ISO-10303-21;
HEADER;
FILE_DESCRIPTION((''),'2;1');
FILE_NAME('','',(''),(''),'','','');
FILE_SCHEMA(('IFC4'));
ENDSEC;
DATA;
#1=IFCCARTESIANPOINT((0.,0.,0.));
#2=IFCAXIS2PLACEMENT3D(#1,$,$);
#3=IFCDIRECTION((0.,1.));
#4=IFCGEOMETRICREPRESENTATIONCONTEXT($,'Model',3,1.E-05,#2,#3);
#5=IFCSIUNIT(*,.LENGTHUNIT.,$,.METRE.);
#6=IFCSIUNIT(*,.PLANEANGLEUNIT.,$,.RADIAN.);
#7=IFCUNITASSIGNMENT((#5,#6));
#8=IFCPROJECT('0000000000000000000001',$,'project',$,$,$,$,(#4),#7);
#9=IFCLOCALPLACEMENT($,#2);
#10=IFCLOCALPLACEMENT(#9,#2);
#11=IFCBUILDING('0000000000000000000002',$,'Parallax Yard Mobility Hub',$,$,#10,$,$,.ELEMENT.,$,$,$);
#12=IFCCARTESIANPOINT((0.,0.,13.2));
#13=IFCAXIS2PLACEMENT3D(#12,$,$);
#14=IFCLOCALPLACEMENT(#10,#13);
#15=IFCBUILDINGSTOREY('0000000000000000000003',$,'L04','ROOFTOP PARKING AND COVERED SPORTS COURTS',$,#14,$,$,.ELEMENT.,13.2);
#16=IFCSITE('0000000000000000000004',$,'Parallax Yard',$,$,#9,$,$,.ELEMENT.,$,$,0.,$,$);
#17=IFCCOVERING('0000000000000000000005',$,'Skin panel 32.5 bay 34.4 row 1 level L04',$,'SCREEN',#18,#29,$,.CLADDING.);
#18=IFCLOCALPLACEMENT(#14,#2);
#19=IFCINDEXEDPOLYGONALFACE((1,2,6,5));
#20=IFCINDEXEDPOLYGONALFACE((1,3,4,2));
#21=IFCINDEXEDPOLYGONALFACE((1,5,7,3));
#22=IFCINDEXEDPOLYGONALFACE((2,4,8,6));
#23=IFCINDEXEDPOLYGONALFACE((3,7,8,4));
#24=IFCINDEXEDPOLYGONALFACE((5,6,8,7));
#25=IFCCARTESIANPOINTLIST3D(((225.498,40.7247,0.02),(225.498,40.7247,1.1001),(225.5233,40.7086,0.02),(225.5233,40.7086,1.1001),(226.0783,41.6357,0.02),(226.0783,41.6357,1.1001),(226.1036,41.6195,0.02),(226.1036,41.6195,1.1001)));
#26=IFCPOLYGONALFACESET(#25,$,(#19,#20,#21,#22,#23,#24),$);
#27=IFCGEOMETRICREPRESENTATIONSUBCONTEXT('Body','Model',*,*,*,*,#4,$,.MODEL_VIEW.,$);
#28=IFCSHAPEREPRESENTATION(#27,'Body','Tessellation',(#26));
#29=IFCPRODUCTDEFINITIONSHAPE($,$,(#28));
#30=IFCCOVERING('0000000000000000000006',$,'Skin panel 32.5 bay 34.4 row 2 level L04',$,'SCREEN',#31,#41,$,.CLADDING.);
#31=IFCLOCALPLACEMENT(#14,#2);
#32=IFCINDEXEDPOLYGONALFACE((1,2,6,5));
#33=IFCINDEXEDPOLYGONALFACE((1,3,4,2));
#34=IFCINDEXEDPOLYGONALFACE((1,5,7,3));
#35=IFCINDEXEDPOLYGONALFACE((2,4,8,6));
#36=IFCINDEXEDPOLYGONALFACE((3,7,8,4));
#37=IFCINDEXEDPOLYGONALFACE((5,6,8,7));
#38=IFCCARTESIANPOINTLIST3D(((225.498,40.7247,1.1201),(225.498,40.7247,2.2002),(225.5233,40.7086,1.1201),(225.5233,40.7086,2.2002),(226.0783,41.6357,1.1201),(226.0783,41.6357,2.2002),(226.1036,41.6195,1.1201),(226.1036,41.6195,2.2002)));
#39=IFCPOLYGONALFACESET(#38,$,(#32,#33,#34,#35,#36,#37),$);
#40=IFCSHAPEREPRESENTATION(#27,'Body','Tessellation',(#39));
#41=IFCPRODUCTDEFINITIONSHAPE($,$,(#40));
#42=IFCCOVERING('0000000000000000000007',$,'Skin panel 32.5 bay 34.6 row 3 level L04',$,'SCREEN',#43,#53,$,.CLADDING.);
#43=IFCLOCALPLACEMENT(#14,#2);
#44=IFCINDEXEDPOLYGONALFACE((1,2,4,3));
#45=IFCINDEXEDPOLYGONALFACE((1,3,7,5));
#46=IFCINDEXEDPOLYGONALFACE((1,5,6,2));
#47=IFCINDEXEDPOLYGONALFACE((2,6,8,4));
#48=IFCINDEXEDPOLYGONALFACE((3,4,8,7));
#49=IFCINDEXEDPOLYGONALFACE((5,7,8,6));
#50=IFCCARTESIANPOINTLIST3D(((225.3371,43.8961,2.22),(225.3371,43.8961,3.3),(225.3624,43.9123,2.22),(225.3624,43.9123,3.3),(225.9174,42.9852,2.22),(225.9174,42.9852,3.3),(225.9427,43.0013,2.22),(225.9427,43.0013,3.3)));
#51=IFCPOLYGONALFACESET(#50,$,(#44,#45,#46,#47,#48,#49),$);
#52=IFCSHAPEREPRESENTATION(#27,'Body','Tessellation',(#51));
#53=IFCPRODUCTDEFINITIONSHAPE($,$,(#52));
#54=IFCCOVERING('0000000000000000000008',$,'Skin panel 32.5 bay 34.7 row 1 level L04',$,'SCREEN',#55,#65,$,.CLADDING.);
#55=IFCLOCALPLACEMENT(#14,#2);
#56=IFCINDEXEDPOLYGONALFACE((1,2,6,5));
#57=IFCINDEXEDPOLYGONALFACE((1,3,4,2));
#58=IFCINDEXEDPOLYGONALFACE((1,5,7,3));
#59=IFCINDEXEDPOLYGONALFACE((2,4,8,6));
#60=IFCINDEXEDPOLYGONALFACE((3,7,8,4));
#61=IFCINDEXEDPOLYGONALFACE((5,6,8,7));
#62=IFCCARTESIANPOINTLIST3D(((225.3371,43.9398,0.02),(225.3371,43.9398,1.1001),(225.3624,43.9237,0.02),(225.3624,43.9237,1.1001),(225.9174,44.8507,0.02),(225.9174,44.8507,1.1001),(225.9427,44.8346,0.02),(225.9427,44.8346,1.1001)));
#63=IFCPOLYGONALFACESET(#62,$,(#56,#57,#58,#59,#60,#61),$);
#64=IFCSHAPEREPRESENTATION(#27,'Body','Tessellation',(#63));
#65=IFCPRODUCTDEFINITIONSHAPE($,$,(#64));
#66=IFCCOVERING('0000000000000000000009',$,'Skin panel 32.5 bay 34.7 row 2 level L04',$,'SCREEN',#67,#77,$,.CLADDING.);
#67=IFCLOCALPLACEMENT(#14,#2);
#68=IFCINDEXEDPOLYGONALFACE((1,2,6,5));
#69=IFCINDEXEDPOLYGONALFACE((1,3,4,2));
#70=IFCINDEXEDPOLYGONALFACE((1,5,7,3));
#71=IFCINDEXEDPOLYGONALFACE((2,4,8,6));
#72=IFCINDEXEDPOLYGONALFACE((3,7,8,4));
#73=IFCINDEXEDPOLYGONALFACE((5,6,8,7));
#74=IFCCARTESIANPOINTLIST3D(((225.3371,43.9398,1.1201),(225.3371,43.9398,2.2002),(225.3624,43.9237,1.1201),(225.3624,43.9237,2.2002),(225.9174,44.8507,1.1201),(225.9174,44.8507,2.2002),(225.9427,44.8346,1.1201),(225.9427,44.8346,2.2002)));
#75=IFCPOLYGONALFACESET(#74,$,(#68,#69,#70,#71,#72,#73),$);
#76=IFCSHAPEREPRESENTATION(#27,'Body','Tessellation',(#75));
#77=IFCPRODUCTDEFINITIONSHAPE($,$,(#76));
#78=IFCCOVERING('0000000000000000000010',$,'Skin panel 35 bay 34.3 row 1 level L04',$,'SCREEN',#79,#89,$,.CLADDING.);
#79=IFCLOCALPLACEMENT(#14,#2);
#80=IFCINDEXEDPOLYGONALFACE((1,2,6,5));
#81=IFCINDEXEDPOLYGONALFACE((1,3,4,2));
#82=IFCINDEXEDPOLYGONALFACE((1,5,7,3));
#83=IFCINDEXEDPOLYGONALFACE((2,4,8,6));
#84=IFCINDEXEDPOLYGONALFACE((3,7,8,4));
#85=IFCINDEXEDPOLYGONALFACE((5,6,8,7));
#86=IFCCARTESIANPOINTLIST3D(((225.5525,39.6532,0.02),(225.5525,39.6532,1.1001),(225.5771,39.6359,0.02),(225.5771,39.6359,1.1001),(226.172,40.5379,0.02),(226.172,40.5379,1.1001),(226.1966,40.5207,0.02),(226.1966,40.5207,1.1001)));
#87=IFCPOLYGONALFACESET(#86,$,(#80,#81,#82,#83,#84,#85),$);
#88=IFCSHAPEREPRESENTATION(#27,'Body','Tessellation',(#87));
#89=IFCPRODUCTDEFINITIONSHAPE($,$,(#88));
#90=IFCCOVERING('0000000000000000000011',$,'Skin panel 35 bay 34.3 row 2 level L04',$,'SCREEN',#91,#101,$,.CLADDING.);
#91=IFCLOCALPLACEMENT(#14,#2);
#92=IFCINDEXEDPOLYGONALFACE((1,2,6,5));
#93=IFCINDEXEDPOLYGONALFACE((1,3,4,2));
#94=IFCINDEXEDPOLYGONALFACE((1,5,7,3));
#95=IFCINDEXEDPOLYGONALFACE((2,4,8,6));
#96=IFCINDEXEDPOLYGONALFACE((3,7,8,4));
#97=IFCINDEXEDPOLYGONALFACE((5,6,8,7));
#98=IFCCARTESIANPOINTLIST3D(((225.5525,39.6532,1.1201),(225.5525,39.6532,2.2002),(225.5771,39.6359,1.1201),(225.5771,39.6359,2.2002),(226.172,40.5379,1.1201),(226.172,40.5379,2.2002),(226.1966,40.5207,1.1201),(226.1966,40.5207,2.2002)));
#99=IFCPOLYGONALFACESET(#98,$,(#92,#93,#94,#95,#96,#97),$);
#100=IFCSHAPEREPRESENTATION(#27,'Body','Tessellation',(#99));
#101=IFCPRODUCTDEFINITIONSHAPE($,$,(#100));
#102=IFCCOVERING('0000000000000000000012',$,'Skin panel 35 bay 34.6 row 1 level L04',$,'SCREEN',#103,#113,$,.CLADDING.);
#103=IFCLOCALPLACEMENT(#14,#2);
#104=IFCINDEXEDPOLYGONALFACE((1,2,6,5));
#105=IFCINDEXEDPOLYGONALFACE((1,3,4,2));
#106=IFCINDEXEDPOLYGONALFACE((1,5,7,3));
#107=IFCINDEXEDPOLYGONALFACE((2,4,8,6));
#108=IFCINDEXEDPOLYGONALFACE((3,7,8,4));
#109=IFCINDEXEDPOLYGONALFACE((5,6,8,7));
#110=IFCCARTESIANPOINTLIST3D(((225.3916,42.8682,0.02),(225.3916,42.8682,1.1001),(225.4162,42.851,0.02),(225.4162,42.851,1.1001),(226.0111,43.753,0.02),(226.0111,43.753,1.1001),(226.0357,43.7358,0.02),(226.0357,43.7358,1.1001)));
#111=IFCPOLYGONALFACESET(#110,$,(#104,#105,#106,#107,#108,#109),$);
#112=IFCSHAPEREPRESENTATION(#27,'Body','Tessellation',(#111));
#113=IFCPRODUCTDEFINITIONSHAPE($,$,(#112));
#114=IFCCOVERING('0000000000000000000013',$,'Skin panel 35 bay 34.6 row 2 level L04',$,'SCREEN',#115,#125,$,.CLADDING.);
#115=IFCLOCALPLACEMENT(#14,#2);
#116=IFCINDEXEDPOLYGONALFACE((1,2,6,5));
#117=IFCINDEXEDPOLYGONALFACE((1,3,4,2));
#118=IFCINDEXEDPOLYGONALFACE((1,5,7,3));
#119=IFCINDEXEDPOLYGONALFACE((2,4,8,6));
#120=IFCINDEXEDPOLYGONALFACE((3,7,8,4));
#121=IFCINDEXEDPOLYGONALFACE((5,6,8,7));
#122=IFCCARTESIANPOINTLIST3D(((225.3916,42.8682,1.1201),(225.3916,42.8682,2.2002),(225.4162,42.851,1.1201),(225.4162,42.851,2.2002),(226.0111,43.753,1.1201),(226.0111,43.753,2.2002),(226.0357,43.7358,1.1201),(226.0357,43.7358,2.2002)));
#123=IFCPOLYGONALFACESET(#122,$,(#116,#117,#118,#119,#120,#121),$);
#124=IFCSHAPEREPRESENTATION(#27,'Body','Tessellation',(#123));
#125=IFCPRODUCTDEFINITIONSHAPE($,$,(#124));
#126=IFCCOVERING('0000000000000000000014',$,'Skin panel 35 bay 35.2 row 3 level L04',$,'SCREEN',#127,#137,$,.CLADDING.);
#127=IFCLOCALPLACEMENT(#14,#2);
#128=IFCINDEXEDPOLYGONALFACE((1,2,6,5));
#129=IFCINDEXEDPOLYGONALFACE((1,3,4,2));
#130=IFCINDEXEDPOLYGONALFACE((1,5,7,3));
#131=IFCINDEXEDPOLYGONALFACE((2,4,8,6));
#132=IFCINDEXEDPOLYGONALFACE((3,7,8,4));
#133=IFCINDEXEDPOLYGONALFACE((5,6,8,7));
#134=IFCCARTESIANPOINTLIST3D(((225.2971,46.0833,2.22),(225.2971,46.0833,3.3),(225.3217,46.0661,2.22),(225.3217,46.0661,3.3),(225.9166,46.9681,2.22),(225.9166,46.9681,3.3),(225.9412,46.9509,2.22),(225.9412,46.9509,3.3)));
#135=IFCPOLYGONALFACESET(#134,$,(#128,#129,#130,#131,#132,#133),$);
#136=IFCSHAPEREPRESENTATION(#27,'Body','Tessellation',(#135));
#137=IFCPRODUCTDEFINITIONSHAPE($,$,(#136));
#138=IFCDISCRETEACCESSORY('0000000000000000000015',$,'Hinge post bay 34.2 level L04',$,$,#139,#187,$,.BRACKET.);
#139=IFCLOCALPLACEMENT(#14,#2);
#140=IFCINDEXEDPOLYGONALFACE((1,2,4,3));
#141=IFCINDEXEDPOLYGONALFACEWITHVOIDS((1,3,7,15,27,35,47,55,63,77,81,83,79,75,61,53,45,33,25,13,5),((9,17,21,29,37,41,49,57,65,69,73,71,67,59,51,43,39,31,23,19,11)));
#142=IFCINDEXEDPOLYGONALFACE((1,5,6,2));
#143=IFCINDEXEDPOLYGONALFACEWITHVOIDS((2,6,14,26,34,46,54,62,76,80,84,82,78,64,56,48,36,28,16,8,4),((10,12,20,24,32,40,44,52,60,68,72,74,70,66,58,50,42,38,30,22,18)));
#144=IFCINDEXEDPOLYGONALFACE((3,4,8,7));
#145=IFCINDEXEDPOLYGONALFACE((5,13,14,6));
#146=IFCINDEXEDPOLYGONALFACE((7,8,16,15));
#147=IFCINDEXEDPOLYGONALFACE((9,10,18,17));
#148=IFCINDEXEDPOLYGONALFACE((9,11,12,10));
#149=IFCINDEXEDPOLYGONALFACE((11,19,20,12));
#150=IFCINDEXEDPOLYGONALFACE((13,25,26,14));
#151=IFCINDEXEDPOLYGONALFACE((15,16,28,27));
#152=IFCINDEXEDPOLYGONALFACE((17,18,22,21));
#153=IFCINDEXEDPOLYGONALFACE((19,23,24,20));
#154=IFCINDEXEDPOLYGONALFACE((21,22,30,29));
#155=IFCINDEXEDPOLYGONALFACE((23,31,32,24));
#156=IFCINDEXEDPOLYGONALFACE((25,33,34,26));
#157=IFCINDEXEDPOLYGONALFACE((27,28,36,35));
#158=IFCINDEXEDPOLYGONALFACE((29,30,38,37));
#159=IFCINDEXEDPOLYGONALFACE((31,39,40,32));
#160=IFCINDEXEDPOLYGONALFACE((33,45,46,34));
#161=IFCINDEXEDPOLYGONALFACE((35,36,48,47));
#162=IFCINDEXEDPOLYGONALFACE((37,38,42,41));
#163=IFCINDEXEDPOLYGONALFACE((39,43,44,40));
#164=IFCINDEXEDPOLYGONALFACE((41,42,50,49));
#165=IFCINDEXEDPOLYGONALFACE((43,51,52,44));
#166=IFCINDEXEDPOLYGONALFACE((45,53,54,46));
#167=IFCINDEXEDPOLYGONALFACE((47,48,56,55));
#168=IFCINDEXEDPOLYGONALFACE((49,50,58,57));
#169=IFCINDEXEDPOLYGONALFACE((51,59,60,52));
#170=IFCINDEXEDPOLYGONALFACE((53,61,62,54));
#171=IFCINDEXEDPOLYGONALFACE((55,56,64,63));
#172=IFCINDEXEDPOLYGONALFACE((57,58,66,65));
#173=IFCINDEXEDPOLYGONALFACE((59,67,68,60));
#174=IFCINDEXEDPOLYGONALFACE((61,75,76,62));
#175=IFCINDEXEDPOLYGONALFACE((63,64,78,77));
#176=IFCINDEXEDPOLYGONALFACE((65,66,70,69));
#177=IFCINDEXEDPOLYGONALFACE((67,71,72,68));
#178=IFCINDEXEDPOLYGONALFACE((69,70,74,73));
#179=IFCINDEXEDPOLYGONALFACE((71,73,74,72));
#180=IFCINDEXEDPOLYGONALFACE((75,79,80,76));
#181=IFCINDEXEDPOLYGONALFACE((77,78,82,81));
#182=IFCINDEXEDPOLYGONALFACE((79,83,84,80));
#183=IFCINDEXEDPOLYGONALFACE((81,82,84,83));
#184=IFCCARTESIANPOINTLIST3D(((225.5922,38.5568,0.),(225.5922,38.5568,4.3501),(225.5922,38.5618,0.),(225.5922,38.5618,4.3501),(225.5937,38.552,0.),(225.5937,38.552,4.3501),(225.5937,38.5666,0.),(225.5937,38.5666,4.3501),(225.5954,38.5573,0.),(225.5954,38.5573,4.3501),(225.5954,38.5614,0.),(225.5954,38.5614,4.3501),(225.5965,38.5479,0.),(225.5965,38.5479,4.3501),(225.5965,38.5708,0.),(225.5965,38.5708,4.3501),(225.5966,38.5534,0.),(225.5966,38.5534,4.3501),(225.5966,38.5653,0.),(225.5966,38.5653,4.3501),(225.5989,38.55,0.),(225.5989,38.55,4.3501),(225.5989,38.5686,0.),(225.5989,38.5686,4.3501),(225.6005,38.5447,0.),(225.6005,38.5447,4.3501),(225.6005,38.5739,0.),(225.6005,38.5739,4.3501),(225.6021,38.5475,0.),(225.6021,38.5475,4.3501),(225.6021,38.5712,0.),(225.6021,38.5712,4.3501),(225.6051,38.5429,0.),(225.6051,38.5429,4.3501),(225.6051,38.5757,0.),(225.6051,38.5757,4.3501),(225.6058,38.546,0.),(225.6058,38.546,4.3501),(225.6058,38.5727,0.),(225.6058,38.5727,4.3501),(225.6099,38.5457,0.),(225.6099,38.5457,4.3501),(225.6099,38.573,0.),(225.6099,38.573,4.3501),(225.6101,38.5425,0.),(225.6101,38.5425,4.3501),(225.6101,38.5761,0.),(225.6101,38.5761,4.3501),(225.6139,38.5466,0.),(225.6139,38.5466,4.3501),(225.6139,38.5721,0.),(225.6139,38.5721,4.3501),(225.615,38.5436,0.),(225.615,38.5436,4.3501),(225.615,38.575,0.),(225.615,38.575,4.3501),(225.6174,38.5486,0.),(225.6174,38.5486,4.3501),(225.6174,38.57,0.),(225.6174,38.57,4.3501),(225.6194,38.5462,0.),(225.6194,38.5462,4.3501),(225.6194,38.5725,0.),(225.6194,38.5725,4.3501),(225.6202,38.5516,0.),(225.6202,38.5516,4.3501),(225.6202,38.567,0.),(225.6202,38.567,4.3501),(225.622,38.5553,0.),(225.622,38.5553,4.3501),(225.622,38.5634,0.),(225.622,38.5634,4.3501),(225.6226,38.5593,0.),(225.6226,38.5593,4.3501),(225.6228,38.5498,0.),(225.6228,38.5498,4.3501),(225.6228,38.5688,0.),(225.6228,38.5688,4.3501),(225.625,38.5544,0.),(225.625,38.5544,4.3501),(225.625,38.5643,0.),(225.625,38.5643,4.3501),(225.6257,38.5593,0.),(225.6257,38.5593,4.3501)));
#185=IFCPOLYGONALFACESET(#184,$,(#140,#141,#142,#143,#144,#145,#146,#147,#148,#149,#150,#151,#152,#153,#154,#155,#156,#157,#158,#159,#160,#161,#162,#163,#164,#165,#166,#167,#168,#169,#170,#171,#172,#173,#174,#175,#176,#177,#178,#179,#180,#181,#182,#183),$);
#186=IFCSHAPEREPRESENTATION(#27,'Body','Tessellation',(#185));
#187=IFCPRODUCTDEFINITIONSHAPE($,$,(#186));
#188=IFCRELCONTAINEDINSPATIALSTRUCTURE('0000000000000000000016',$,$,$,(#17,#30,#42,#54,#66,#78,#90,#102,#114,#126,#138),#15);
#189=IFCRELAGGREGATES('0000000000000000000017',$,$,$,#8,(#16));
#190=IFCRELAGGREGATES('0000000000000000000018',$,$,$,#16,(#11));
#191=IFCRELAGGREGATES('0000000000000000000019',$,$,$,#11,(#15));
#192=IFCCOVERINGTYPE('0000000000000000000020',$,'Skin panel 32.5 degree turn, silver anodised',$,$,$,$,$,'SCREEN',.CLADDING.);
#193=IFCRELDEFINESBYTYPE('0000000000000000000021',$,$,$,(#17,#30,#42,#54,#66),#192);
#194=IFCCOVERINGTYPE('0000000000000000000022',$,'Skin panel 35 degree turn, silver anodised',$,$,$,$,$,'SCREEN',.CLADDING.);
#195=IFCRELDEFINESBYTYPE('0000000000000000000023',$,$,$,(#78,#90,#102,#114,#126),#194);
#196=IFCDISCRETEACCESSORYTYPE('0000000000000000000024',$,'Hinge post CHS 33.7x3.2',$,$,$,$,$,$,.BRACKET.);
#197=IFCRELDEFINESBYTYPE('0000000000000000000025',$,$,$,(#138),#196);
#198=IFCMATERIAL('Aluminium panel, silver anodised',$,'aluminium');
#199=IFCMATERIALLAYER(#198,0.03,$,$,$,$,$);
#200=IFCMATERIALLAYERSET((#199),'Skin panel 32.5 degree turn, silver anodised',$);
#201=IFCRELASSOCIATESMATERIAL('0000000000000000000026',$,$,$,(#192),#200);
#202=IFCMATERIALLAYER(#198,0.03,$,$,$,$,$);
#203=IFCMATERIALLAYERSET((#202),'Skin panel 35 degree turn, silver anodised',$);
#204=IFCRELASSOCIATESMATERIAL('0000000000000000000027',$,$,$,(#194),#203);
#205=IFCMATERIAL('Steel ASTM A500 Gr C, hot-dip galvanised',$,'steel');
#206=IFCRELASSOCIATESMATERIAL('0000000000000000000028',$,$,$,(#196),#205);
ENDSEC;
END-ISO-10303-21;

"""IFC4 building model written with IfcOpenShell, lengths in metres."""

from ifc_helpers import new_model, si_unit, direction, frame, origin, origin_2d, place, context, subcontext, project, spatial, rectangle, hollow_circle, extrude, material, layer, layer_set, material_profile, profile_set, type_object, element, save


model = new_model("IFC4")

# Units and contexts
model_context = context("Model", 3, precision=1e-05, world=origin(), true_north=direction((0.0, 1.0)))
body_context = subcontext(model_context, "Body", "Model", "MODEL_VIEW")
ifc_project = project(units=[si_unit("LENGTHUNIT", "METRE"), si_unit("PLANEANGLEUNIT", "RADIAN")], contexts=[model_context])

# Site, building, storey
site_placement = place(None, origin())
site = spatial("IfcSite", under=ifc_project, at=site_placement, Name="Parallax Yard", CompositionType="ELEMENT", RefElevation=0.0)
building_placement = place(site_placement, origin())
building = spatial("IfcBuilding", under=site, at=building_placement, Name="Parallax Yard Mobility Hub", CompositionType="ELEMENT")
storey_placement = place(building_placement, frame((0.0, 0.0, 13.2)))
storey = spatial("IfcBuildingStorey", under=building, at=storey_placement, Name="L04", Description="ROOFTOP PARKING AND COVERED SPORTS COURTS", CompositionType="ELEMENT", Elevation=13.2)

# Coverings
ifc_material_1 = material(Name="Aluminium panel, silver anodised", Category="aluminium")
ifc_layer_1 = layer(ifc_material_1, 0.03)
ifc_layer_set_1 = layer_set([ifc_layer_1], Name="Skin panel 32.5 degree turn, silver anodised")
covering_type_1 = type_object("IfcCoveringType", Name="Skin panel 32.5 degree turn, silver anodised", ElementType="SCREEN", PredefinedType="CLADDING", material=ifc_layer_set_1)
for number, where, z_axis, x_axis, name in (
    (1, (225.8008, 41.1721, 0.02), (0.0, 0.0, 1.0), (0.5373, 0.843391, 0.0), "Skin panel 32.5 bay 34.4 row 1 level L04"),
    (2, (225.8008, 41.1721, 1.1201), (0.0, 0.0, 1.0), (0.5373, 0.843391, 0.0), "Skin panel 32.5 bay 34.4 row 2 level L04"),
    (3, (225.6399, 43.4487, 2.22), (0.0, 0.0, 1.0), (0.5373, -0.843391, 0.0), "Skin panel 32.5 bay 34.6 row 3 level L04"),
    (4, (225.6399, 44.3872, 0.02), (0.0, 0.0, 1.0), (0.5373, 0.843391, 0.0), "Skin panel 32.5 bay 34.7 row 1 level L04"),
    (5, (225.6399, 44.3872, 1.1201), (0.0, 0.0, 1.0), (0.5373, 0.843391, 0.0), "Skin panel 32.5 bay 34.7 row 2 level L04"),
):
    element("IfcCovering", number, at=place(storey_placement, frame(where, z_axis=z_axis, x_axis=x_axis)), inside=storey, type_object=covering_type_1, Name=name, ObjectType="SCREEN", PredefinedType="CLADDING", context=body_context, shape_type="SweptSolid", body=[
        extrude(rectangle(XDim=1.0801, YDim=0.03, at=origin_2d()), origin(), (0.0, 0.0, 1.0), 1.0801),
    ])
ifc_layer_2 = layer(ifc_material_1, 0.03)
ifc_layer_set_2 = layer_set([ifc_layer_2], Name="Skin panel 35 degree turn, silver anodised")
covering_type_2 = type_object("IfcCoveringType", Name="Skin panel 35 degree turn, silver anodised", ElementType="SCREEN", PredefinedType="CLADDING", material=ifc_layer_set_2)
for number, where, z_axis, x_axis, name in (
    (6, (225.8745, 40.0869, 0.02), (0.0, 0.0, 1.0), (0.573576, 0.819152, 0.0), "Skin panel 35 bay 34.3 row 1 level L04"),
    (7, (225.8745, 40.0869, 1.1201), (0.0, 0.0, 1.0), (0.573576, 0.819152, 0.0), "Skin panel 35 bay 34.3 row 2 level L04"),
    (8, (225.7136, 43.302, 0.02), (0.0, 0.0, 1.0), (0.573576, 0.819152, 0.0), "Skin panel 35 bay 34.6 row 1 level L04"),
    (9, (225.7136, 43.302, 1.1201), (0.0, 0.0, 1.0), (0.573576, 0.819152, 0.0), "Skin panel 35 bay 34.6 row 2 level L04"),
    (10, (225.6191, 46.5171, 2.22), (0.0, 0.0, 1.0), (0.573576, 0.819152, 0.0), "Skin panel 35 bay 35.2 row 3 level L04"),
):
    element("IfcCovering", number, at=place(storey_placement, frame(where, z_axis=z_axis, x_axis=x_axis)), inside=storey, type_object=covering_type_2, Name=name, ObjectType="SCREEN", PredefinedType="CLADDING", context=body_context, shape_type="SweptSolid", body=[
        extrude(rectangle(XDim=1.0801, YDim=0.03, at=origin_2d()), origin(), (0.0, 0.0, 1.0), 1.0801),
    ])

# Discrete accessory
ifc_material_2 = material(Name="Steel ASTM A500 Gr C, hot-dip galvanised", Category="steel")
ifc_material_profile = material_profile(ifc_material_2, hollow_circle(Radius=0.0168, WallThickness=0.0032, at=origin_2d()), Name="CHS 33.7x3.2")
ifc_profile_set = profile_set([ifc_material_profile], Name="Steel ASTM A500 Gr C, hot-dip galvanised")
discrete_accessory_type = type_object("IfcDiscreteAccessoryType", Name="Hinge post CHS 33.7x3.2", PredefinedType="BRACKET", material=ifc_profile_set)
discrete_accessory_1_placement = place(storey_placement, frame((225.6089, 38.5593, 0.0), z_axis=(0.0, 0.0, 1.0), x_axis=(1.0, 0.0, 0.0)))
element("IfcDiscreteAccessory", 11, at=discrete_accessory_1_placement, inside=storey, type_object=discrete_accessory_type, Name="Hinge post bay 34.2 level L04", PredefinedType="BRACKET", context=body_context, shape_type="SweptSolid", body=[
    extrude(hollow_circle(Radius=0.0168, WallThickness=0.0032, at=origin_2d()), origin(), (0.0, 0.0, 1.0), 4.3501),
])

save(model, "model.ifc")
